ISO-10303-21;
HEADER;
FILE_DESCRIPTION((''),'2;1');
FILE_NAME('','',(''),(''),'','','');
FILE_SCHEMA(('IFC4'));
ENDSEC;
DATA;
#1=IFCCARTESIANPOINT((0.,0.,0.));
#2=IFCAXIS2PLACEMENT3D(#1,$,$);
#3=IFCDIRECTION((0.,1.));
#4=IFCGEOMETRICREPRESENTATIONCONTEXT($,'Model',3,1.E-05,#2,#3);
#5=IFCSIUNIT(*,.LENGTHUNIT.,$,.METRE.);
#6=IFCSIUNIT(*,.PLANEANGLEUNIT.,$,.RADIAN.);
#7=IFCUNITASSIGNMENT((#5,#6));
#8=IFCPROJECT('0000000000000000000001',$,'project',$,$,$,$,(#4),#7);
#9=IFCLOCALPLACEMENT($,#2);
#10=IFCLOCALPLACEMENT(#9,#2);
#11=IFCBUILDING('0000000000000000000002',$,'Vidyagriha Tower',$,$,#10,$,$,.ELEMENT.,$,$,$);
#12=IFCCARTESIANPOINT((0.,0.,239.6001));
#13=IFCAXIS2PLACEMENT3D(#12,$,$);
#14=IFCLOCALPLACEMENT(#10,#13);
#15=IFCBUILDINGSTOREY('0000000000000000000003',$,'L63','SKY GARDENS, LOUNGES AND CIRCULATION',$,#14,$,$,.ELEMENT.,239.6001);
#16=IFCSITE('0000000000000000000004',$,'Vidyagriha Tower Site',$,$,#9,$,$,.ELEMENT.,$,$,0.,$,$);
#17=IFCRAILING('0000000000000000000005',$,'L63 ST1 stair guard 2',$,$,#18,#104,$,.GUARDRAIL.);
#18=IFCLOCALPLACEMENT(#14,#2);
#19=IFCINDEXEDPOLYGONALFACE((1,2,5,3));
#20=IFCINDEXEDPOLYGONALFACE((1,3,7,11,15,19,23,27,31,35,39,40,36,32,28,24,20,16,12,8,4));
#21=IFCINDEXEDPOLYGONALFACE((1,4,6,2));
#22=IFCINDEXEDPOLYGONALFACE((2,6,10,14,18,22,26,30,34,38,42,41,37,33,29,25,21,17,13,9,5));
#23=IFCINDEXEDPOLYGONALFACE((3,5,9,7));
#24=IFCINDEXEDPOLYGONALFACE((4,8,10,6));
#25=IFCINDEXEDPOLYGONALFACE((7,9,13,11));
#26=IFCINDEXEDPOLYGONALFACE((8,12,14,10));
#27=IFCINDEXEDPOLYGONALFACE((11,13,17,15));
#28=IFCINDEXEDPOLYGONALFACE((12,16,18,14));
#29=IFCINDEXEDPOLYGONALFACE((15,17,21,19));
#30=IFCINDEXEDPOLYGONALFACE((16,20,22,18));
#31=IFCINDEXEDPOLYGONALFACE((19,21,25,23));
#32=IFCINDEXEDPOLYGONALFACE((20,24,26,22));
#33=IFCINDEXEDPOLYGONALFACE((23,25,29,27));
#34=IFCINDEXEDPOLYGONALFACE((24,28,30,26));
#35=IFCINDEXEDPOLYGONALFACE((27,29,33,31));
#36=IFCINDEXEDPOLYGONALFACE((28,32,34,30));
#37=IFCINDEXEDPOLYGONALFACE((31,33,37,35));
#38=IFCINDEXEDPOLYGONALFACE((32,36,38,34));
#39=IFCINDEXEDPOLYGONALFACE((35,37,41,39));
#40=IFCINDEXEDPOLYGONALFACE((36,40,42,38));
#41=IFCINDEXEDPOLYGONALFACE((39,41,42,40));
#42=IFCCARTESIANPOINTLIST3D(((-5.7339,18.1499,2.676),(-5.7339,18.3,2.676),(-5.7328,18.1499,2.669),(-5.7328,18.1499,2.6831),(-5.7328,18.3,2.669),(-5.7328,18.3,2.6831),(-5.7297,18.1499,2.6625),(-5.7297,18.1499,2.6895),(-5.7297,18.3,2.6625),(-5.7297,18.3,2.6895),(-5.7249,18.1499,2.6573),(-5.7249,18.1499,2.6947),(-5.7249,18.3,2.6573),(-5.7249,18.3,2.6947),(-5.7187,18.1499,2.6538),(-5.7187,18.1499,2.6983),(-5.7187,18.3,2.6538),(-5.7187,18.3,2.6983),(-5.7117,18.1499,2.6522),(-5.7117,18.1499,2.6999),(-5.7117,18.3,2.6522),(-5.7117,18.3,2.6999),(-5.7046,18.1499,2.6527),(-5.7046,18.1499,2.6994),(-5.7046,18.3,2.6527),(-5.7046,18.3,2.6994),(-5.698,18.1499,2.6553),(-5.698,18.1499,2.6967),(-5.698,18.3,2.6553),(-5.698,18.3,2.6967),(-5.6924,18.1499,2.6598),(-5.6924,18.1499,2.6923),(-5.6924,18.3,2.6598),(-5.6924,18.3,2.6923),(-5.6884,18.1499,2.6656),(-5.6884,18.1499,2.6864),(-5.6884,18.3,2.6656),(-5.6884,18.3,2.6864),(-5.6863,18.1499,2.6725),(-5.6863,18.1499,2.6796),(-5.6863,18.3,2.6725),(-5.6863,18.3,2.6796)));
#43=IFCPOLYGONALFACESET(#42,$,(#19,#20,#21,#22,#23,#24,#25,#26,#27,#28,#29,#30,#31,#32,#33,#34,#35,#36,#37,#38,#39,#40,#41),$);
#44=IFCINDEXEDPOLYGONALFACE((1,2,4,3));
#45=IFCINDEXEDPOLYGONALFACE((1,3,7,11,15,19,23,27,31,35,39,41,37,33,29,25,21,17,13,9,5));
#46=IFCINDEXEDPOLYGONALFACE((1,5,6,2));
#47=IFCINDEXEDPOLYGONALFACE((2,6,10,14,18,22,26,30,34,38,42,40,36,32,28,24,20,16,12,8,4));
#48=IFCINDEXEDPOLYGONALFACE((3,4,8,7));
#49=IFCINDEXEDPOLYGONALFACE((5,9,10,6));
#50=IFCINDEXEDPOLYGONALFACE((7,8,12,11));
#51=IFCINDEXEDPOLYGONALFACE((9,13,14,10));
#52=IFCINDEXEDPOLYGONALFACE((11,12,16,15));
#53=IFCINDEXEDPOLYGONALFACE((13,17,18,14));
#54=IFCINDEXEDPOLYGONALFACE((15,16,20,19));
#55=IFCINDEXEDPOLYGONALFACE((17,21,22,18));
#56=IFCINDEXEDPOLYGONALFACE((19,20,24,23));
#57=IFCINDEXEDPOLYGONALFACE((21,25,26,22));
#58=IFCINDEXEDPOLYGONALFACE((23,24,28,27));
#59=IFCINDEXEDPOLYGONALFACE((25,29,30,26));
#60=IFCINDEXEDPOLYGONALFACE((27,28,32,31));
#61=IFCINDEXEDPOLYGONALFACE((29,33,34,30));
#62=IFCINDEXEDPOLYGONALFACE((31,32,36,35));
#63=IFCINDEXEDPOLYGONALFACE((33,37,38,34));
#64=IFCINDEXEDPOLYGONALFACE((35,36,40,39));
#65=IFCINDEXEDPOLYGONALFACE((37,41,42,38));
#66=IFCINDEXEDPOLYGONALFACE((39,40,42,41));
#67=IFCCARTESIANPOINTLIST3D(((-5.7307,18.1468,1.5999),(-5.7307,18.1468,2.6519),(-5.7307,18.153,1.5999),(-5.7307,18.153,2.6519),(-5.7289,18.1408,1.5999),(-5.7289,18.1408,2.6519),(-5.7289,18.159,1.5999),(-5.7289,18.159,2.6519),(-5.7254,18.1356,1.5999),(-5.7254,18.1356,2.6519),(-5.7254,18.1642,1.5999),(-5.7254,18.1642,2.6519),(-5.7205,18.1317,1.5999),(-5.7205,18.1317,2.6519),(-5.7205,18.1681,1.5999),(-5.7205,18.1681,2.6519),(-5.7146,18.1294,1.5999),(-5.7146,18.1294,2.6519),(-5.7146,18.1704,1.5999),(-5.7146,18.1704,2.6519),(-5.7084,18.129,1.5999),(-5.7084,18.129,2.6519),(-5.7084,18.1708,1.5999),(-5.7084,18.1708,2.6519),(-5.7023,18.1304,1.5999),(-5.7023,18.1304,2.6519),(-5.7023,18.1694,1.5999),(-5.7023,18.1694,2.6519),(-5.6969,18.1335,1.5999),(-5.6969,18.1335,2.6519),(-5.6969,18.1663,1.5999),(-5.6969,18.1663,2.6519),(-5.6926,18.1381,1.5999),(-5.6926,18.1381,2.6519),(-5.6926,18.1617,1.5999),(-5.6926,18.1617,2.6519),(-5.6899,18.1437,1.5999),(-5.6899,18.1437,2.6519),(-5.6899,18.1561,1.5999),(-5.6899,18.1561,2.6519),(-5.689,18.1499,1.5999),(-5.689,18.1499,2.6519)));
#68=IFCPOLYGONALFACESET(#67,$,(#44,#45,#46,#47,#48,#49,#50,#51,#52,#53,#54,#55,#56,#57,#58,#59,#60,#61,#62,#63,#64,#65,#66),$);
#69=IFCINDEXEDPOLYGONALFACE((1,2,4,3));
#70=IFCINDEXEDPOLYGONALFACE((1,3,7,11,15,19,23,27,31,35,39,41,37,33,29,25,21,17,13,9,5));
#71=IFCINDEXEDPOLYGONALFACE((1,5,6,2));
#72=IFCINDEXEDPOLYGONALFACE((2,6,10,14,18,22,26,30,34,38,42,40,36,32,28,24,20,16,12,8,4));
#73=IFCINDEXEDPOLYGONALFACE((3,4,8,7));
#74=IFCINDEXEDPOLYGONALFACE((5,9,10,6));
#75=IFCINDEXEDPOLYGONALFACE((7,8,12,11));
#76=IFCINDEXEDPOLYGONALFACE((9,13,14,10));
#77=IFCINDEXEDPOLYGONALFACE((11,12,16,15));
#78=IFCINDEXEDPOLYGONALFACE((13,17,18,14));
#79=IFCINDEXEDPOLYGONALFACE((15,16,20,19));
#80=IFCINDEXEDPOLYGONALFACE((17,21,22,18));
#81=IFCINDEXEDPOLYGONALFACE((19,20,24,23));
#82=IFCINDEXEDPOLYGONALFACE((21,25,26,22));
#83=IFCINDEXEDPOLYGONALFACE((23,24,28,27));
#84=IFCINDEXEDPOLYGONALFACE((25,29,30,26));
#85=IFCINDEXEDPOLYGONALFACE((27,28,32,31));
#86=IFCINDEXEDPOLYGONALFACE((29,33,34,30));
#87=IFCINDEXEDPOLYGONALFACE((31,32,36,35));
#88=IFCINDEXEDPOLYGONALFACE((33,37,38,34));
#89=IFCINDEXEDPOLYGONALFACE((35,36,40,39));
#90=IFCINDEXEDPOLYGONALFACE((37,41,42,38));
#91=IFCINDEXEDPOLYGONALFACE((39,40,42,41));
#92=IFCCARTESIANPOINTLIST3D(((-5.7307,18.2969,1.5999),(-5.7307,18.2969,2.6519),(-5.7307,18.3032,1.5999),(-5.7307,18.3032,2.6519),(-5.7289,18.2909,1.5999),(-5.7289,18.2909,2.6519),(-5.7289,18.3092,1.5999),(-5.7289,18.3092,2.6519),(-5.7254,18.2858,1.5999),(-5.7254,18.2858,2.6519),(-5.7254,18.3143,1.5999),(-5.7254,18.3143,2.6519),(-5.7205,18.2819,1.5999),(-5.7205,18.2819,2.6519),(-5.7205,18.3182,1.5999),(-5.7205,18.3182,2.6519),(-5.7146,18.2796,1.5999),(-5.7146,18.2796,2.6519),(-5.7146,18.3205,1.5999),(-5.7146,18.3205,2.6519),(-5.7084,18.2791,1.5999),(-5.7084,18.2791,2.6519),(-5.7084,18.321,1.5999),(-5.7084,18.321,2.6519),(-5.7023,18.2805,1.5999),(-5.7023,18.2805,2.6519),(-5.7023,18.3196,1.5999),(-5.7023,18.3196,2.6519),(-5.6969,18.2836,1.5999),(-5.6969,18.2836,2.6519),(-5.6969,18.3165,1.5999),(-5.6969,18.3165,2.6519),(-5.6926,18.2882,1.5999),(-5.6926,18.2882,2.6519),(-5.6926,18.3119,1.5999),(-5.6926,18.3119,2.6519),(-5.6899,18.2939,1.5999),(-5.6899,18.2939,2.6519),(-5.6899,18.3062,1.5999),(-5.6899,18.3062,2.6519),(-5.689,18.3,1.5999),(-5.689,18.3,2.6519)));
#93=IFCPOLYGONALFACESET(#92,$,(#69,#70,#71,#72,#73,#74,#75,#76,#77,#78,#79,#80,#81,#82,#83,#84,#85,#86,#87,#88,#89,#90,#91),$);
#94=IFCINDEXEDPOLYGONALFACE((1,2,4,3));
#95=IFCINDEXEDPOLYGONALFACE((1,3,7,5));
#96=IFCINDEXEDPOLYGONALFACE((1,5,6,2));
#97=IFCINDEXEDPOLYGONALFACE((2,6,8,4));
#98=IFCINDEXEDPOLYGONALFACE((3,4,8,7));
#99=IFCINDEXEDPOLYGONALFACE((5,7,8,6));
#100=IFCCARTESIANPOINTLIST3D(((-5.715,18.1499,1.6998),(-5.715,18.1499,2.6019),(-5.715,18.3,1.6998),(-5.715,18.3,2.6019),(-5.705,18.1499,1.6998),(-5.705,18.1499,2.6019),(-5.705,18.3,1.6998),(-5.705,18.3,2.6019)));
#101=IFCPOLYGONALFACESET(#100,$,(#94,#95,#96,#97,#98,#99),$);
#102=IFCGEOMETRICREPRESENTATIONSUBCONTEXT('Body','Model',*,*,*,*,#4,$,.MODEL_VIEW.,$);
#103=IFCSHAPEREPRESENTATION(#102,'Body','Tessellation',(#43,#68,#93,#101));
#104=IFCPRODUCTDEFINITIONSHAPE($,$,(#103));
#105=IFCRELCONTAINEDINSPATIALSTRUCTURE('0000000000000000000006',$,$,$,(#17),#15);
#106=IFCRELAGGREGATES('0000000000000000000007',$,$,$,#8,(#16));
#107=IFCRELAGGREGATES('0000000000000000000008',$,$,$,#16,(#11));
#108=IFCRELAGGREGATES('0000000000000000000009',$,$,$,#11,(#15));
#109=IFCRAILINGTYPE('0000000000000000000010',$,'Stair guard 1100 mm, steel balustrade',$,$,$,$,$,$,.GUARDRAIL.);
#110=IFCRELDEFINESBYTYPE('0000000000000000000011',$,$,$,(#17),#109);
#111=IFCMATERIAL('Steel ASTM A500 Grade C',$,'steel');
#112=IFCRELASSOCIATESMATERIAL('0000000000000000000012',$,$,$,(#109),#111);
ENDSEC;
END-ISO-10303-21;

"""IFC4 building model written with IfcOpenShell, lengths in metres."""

from ifc_helpers import new_model, si_unit, direction, frame, origin, origin_2d, place, context, subcontext, project, spatial, rectangle, circle, extrude, material, type_object, element, save


model = new_model("IFC4")

# Units and contexts
model_context = context("Model", 3, precision=1e-05, world=origin(), true_north=direction((0.0, 1.0)))
body_context = subcontext(model_context, "Body", "Model", "MODEL_VIEW")
ifc_project = project(units=[si_unit("LENGTHUNIT", "METRE"), si_unit("PLANEANGLEUNIT", "RADIAN")], contexts=[model_context])

# Site, building, storey
site_placement = place(None, origin())
site = spatial("IfcSite", under=ifc_project, at=site_placement, Name="Vidyagriha Tower Site", CompositionType="ELEMENT", RefElevation=0.0)
building_placement = place(site_placement, origin())
building = spatial("IfcBuilding", under=site, at=building_placement, Name="Vidyagriha Tower", CompositionType="ELEMENT")
storey_placement = place(building_placement, frame((0.0, 0.0, 239.6001)))
storey = spatial("IfcBuildingStorey", under=building, at=storey_placement, Name="L63", Description="SKY GARDENS, LOUNGES AND CIRCULATION", CompositionType="ELEMENT", Elevation=239.6001)

# Railing
ifc_material_1 = material(Name="Steel ASTM A500 Grade C", Category="steel")
railing_type_1 = type_object("IfcRailingType", Name="Stair guard 1100 mm, steel balustrade", PredefinedType="GUARDRAIL", material=ifc_material_1)
railing_1_placement = place(storey_placement, frame((-5.71, 18.1499, 1.5999)))
element("IfcRailing", 1, at=railing_1_placement, inside=storey, type_object=railing_type_1, Name="L63 ST1 stair guard 2", PredefinedType="GUARDRAIL", context=body_context, shape_type="SweptSolid", body=[
    extrude(circle(Radius=0.0239, at=origin_2d()), frame((0.0, 0.0, 1.0762), z_axis=(0.0, 1.0, 0.0), x_axis=(-1.0, 0.0, 0.0)), (0.0, 0.0, 1.0), 0.1501),
    extrude(circle(Radius=0.021, at=origin_2d()), origin(), (0.0, 0.0, 1.0), 1.052),
    extrude(circle(Radius=0.021, at=origin_2d()), frame((0.0, 0.1501, 0.0)), (0.0, 0.0, 1.0), 1.052),
    extrude(rectangle(XDim=0.01, YDim=0.9021, at=origin_2d()), frame((0.0, 0.0, 0.551), z_axis=(0.0, 1.0, 0.0), x_axis=(-1.0, 0.0, 0.0)), (0.0, 0.0, 1.0), 0.1501),
])

save(model, "model.ifc")
